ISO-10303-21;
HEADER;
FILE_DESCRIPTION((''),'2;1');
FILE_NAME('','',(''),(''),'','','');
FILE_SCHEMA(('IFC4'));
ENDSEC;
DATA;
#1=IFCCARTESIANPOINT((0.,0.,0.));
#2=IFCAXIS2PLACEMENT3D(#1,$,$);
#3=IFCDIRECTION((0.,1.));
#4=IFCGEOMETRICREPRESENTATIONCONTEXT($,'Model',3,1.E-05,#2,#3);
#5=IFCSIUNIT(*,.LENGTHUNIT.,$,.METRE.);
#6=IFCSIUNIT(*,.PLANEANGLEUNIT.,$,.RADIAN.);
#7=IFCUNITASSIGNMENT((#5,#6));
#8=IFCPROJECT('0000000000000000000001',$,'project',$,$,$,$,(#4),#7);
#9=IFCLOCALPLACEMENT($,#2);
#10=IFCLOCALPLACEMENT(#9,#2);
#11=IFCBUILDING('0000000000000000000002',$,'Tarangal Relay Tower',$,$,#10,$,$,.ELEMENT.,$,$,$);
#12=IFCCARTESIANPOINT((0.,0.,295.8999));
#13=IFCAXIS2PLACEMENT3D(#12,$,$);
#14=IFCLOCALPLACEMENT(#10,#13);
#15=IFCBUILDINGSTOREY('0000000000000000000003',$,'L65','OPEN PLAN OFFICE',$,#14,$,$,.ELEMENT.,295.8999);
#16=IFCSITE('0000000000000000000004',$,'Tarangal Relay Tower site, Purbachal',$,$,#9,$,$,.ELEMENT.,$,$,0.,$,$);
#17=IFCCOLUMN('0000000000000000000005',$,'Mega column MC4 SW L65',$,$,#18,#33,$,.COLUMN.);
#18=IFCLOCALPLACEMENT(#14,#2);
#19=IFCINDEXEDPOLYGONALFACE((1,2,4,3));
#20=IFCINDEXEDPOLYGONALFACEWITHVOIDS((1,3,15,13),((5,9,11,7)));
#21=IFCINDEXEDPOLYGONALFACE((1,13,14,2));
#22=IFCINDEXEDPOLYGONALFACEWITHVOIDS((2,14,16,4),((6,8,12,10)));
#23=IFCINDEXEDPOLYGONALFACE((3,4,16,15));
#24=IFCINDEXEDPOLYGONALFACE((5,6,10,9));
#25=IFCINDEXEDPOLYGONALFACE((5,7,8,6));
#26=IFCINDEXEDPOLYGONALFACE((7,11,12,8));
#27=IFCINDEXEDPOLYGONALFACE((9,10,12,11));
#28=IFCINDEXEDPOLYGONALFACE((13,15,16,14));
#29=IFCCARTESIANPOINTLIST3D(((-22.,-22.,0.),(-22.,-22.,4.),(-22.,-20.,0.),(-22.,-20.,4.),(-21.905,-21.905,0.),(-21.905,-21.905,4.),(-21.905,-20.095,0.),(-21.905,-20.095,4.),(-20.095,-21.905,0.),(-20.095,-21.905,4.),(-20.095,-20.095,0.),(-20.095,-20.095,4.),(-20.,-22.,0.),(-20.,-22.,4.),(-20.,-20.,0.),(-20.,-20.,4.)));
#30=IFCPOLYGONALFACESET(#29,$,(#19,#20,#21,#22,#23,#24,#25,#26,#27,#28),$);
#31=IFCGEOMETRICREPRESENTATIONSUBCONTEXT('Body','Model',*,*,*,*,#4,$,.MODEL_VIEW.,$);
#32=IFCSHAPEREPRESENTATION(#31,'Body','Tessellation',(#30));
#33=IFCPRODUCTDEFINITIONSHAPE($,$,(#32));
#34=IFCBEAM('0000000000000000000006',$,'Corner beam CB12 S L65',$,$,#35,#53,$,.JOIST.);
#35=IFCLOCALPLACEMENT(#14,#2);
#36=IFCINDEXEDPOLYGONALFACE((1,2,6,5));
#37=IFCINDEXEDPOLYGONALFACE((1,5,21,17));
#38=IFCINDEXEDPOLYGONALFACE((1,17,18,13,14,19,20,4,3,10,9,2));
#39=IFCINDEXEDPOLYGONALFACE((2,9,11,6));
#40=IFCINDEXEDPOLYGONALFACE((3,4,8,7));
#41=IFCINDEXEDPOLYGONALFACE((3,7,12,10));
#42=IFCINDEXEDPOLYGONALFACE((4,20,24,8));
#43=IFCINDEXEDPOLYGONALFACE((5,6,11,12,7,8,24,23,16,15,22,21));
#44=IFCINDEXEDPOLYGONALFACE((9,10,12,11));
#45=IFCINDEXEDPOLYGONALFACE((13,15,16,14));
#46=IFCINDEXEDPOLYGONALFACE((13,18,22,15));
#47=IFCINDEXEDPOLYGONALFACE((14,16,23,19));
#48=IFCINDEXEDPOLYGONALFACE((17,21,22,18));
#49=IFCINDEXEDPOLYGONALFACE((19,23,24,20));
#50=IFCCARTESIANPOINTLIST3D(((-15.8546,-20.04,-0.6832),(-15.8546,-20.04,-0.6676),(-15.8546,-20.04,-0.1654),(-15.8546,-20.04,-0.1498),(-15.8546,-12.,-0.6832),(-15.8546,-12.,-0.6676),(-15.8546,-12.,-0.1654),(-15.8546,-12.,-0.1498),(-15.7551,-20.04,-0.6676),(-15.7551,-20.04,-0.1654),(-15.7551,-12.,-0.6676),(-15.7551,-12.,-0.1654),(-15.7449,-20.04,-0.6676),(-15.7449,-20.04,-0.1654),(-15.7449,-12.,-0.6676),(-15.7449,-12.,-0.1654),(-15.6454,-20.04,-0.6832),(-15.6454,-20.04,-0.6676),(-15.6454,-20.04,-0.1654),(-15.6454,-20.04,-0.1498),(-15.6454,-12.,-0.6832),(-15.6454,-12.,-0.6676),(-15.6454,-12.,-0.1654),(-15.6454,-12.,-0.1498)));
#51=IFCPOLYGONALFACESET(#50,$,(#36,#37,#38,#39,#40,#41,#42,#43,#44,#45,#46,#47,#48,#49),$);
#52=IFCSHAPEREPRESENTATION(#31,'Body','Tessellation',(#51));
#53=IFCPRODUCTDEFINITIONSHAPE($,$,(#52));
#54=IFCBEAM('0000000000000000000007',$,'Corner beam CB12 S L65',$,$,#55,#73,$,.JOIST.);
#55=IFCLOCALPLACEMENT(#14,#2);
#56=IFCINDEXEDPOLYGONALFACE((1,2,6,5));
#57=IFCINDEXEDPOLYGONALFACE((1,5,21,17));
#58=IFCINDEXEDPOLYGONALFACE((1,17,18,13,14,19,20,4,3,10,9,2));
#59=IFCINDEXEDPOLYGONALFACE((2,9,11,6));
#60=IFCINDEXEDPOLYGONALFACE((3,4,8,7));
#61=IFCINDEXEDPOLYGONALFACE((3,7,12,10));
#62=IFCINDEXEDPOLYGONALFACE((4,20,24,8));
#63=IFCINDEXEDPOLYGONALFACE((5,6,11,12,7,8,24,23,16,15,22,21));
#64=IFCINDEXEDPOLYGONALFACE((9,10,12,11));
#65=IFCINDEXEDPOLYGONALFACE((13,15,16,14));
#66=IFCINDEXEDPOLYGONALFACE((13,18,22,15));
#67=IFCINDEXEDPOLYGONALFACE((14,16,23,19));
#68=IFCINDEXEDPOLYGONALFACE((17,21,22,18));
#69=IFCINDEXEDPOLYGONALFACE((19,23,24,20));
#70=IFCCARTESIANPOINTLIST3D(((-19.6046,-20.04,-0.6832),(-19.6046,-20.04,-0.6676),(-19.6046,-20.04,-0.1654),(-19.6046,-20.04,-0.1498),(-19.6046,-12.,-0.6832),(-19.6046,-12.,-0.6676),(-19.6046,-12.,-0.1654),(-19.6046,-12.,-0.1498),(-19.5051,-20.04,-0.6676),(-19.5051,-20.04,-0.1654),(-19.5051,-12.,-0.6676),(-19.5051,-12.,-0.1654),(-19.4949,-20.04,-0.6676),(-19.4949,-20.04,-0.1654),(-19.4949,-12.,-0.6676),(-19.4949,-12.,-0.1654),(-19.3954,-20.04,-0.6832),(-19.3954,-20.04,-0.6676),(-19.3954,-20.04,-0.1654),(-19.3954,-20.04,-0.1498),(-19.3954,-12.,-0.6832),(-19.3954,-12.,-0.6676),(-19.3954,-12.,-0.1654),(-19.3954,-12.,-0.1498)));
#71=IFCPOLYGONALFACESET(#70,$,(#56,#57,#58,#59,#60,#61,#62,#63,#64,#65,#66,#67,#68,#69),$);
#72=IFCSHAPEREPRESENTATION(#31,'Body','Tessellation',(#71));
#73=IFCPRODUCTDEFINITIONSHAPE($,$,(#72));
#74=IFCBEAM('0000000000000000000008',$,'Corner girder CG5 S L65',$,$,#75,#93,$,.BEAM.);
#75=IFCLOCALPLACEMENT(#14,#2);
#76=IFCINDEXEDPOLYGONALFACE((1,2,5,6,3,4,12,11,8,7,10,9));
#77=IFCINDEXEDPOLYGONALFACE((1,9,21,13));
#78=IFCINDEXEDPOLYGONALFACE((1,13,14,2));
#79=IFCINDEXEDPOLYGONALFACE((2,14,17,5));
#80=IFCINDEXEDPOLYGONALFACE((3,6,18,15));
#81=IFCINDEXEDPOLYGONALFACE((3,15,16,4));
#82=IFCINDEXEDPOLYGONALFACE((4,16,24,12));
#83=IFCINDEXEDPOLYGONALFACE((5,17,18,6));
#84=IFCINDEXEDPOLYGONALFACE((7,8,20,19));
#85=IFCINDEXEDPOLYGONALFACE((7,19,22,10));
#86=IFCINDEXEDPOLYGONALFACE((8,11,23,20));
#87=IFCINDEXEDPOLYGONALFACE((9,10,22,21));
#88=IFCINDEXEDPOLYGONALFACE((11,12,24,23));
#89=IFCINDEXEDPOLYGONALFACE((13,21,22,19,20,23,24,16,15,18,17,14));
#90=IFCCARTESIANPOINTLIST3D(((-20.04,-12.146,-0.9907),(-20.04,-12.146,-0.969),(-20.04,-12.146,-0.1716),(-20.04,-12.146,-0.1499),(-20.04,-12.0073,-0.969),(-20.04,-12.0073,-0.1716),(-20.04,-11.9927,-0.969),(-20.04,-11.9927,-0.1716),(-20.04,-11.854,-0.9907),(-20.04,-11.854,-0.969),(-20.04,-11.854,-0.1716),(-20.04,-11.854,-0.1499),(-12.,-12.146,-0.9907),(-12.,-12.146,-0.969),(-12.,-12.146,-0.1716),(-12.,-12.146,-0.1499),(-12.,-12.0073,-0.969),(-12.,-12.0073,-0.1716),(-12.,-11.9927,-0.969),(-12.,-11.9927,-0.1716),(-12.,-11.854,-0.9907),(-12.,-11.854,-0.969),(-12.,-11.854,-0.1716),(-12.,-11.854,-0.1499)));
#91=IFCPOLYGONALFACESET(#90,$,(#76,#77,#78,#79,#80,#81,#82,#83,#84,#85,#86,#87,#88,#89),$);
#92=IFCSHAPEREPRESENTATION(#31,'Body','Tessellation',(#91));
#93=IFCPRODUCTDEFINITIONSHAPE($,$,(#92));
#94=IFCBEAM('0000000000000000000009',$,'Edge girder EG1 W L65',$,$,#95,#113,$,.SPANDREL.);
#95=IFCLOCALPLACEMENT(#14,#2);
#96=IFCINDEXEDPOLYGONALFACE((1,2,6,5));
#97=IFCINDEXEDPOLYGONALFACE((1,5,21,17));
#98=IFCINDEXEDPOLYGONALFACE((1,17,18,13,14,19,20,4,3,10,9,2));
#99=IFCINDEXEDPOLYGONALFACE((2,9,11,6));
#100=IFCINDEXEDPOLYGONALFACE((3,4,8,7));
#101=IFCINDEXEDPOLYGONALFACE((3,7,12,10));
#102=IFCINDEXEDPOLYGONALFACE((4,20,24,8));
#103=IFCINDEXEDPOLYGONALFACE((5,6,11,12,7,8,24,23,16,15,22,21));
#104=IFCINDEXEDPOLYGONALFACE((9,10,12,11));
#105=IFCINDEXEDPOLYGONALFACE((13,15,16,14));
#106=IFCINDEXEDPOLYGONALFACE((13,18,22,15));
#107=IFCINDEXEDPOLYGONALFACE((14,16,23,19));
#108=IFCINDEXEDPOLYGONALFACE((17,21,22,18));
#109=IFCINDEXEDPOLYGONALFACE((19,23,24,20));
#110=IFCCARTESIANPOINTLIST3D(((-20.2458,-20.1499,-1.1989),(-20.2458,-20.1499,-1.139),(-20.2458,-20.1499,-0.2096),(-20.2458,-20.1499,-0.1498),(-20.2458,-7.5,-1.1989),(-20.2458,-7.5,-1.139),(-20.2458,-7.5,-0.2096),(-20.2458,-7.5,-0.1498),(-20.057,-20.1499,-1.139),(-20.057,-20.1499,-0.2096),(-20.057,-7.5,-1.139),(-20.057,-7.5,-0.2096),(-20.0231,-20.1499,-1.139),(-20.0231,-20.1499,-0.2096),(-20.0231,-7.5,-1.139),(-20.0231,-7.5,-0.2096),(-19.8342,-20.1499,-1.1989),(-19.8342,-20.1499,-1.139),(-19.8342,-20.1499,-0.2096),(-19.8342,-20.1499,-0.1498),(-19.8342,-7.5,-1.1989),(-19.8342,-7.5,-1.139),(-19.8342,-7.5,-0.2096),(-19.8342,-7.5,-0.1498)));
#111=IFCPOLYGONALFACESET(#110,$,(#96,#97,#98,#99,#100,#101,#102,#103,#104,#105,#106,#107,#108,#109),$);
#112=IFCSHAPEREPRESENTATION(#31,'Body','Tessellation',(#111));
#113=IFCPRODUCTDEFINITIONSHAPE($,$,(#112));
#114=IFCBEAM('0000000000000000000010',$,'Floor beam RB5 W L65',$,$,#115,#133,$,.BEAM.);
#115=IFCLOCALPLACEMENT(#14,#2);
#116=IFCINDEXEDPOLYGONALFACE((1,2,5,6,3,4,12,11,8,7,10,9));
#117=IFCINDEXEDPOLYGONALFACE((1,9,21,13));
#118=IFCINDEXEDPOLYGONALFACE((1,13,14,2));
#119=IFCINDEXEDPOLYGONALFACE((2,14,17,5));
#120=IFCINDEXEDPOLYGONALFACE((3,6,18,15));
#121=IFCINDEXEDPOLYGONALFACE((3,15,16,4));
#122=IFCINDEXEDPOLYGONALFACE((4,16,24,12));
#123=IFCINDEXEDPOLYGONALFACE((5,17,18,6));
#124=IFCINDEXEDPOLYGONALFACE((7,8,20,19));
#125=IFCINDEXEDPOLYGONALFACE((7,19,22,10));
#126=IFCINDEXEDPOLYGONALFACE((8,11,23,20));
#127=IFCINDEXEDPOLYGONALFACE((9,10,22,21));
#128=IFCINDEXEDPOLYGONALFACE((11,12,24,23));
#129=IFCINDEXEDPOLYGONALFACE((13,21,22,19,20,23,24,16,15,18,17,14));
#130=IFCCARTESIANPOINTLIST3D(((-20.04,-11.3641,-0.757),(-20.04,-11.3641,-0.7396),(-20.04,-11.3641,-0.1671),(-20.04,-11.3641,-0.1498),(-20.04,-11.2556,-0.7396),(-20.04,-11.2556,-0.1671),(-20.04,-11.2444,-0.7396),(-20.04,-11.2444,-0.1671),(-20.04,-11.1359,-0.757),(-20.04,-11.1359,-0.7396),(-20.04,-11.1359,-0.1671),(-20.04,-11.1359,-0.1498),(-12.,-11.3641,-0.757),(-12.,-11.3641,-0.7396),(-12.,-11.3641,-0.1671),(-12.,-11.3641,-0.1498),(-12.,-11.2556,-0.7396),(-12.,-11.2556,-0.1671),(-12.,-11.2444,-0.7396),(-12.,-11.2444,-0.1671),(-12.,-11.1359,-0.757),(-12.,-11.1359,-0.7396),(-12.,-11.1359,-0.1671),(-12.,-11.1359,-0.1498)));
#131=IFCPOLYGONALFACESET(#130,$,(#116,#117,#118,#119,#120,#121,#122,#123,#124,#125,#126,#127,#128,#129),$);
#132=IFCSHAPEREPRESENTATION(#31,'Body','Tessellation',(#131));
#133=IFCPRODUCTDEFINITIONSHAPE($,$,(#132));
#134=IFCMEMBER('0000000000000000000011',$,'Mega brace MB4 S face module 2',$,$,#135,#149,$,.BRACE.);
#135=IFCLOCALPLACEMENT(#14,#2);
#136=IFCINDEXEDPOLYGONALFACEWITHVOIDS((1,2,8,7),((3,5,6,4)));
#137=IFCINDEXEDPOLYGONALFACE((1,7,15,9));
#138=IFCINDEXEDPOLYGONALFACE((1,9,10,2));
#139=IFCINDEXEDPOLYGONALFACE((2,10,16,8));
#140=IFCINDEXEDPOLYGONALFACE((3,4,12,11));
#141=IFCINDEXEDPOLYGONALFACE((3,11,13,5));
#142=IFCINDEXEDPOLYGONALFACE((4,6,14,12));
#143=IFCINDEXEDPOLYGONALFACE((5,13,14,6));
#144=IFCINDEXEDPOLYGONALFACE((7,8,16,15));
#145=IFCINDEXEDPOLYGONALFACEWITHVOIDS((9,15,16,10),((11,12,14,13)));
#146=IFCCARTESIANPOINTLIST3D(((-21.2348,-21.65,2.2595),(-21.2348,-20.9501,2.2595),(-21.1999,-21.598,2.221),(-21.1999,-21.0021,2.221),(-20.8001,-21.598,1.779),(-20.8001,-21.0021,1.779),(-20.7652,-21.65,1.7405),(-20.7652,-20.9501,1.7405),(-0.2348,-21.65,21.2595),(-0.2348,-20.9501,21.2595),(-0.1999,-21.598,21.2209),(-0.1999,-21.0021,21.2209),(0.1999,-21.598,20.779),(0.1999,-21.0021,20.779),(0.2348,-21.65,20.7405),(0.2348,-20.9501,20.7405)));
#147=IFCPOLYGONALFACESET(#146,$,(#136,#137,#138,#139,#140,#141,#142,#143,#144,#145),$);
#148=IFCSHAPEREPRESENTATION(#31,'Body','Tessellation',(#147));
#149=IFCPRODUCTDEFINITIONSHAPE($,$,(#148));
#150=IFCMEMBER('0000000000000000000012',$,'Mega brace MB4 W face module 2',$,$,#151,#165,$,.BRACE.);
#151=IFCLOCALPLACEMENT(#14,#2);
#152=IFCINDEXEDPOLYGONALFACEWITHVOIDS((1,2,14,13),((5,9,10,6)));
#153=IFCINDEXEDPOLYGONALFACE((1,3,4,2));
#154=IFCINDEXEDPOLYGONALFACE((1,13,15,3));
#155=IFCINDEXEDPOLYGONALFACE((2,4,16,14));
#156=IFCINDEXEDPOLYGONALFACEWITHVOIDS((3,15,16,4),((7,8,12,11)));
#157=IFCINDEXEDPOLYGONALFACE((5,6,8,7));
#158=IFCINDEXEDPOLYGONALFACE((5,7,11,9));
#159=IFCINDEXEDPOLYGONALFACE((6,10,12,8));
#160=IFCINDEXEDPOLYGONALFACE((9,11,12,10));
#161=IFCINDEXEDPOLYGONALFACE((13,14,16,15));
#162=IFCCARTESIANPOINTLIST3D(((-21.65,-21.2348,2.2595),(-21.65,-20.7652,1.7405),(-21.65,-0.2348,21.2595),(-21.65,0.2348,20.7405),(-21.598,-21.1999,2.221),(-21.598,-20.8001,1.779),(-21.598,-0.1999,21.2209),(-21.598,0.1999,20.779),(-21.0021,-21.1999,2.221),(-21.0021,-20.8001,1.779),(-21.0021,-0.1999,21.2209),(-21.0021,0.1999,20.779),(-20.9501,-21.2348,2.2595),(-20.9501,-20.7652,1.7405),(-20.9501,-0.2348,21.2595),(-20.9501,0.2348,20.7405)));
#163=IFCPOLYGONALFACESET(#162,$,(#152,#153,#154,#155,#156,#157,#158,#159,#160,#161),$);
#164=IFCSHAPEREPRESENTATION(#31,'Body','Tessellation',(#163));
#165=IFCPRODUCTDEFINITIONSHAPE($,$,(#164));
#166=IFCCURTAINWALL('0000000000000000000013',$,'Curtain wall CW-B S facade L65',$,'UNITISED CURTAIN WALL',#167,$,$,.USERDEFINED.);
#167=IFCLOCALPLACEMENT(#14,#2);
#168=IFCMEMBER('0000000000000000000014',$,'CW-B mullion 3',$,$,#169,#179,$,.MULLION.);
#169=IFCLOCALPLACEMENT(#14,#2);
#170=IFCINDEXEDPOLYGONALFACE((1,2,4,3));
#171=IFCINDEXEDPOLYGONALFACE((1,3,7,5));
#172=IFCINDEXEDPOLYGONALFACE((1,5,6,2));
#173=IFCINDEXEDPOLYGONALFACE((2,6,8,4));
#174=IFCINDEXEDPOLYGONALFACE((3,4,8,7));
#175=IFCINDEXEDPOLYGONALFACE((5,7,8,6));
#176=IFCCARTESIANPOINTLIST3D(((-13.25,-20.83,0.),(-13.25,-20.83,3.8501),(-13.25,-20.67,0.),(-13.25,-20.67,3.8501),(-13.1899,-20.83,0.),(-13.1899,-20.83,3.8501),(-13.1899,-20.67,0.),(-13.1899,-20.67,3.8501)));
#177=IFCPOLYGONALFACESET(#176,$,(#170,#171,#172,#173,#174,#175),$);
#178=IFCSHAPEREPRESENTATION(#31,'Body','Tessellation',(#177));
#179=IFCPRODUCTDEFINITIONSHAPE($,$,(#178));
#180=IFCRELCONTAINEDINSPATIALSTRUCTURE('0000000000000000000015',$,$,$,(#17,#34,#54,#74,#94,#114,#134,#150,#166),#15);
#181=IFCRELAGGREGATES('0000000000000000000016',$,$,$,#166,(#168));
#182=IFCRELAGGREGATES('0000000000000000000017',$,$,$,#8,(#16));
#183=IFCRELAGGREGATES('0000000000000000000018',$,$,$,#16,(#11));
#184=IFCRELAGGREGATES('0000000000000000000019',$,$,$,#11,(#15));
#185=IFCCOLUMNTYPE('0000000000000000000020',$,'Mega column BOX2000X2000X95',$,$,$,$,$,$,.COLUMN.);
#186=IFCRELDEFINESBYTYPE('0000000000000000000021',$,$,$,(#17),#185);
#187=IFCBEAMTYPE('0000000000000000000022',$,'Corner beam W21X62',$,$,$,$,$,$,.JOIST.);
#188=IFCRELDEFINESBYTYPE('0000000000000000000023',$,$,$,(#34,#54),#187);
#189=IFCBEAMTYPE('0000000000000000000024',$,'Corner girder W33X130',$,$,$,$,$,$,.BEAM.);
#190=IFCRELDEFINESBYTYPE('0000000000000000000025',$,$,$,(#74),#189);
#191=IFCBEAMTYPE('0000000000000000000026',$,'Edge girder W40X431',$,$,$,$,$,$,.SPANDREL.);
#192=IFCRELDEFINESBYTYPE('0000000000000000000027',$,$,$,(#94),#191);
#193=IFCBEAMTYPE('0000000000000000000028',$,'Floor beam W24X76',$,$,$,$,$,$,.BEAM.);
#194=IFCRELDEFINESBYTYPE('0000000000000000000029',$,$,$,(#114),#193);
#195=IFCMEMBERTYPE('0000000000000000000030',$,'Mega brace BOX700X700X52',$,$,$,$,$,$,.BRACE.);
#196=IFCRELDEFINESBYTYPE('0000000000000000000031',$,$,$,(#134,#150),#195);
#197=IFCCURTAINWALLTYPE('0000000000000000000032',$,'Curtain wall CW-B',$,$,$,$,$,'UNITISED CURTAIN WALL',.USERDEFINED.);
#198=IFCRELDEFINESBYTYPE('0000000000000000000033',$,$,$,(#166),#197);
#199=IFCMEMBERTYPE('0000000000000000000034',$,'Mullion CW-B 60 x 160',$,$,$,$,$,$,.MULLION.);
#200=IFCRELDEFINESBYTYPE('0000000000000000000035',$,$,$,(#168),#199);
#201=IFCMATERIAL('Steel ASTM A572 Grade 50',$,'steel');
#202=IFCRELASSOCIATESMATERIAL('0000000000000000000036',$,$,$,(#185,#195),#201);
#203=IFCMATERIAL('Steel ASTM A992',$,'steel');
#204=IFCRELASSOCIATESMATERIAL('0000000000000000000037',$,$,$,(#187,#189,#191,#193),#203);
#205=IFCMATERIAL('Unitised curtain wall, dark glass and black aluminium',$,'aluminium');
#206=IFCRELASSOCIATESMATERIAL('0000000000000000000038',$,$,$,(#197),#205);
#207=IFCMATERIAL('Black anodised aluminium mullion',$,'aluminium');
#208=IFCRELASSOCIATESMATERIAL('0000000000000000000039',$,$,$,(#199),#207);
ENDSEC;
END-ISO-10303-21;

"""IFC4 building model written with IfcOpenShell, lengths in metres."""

from ifc_helpers import new_model, si_unit, direction, frame, origin, origin_2d, place, context, subcontext, project, spatial, rectangle, hollow_rectangle, i_section, extrude, material, material_profile, profile_set, type_object, element, aggregate, save


model = new_model("IFC4")

# Units and contexts
model_context = context("Model", 3, precision=1e-05, world=origin(), true_north=direction((0.0, 1.0)))
body_context = subcontext(model_context, "Body", "Model", "MODEL_VIEW")
ifc_project = project(units=[si_unit("LENGTHUNIT", "METRE"), si_unit("PLANEANGLEUNIT", "RADIAN")], contexts=[model_context])

# Site, building, storey
site_placement = place(None, origin())
site = spatial("IfcSite", under=ifc_project, at=site_placement, Name="Tarangal Relay Tower site, Purbachal", CompositionType="ELEMENT", RefElevation=0.0)
building_placement = place(site_placement, origin())
building = spatial("IfcBuilding", under=site, at=building_placement, Name="Tarangal Relay Tower", CompositionType="ELEMENT")
storey_placement = place(building_placement, frame((0.0, 0.0, 295.8999)))
storey = spatial("IfcBuildingStorey", under=building, at=storey_placement, Name="L65", Description="OPEN PLAN OFFICE", CompositionType="ELEMENT", Elevation=295.8999)

# Column
ifc_material_1 = material(Name="Steel ASTM A572 Grade 50", Category="steel")
ifc_material_profile_1 = material_profile(ifc_material_1, hollow_rectangle(XDim=2.0, YDim=2.0, WallThickness=0.095, at=origin_2d()), Name="BOX2000X2000X95")
ifc_profile_set_1 = profile_set([ifc_material_profile_1], Name="Steel ASTM A572 Grade 50")
column_type = type_object("IfcColumnType", Name="Mega column BOX2000X2000X95", PredefinedType="COLUMN", material=ifc_profile_set_1)
column_placement = place(storey_placement, frame((-21.0, -21.0, 0.0), z_axis=(0.0, 0.0, 1.0), x_axis=(1.0, 0.0, 0.0)))
element("IfcColumn", 1, at=column_placement, inside=storey, type_object=column_type, Name="Mega column MC4 SW L65", PredefinedType="COLUMN", context=body_context, shape_type="SweptSolid", body=[
    extrude(hollow_rectangle(XDim=2.0, YDim=2.0, WallThickness=0.095, at=origin_2d()), origin(), (0.0, 0.0, 1.0), 4.0),
])

# Beams
ifc_material_2 = material(Name="Steel ASTM A992", Category="steel")
ifc_material_profile_2 = material_profile(ifc_material_2, i_section(OverallWidth=0.2092, OverallDepth=0.5334, WebThickness=0.0103, FlangeThickness=0.0156, at=origin_2d()), Name="W21X62")
ifc_profile_set_2 = profile_set([ifc_material_profile_2], Name="Steel ASTM A992")
beam_type_1 = type_object("IfcBeamType", Name="Corner beam W21X62", PredefinedType="JOIST", material=ifc_profile_set_2)
for number, where, z_axis, x_axis, name in (
    (2, (-15.75, -12.0, -0.4165), (0.0, -1.0, 0.0), (1.0, 0.0, 0.0), "Corner beam CB12 S L65"),
    (3, (-19.5, -12.0, -0.4165), (0.0, -1.0, 0.0), (1.0, 0.0, 0.0), "Corner beam CB12 S L65"),
):
    element("IfcBeam", number, at=place(storey_placement, frame(where, z_axis=z_axis, x_axis=x_axis)), inside=storey, type_object=beam_type_1, Name=name, PredefinedType="JOIST", context=body_context, shape_type="SweptSolid", body=[
        extrude(i_section(OverallWidth=0.2092, OverallDepth=0.5334, WebThickness=0.0103, FlangeThickness=0.0156, at=origin_2d()), origin(), (0.0, 0.0, 1.0), 8.04),
    ])
ifc_material_profile_3 = material_profile(ifc_material_2, i_section(OverallWidth=0.292, OverallDepth=0.8408, WebThickness=0.0146, FlangeThickness=0.0217, at=origin_2d()), Name="W33X130")
ifc_profile_set_3 = profile_set([ifc_material_profile_3], Name="Steel ASTM A992")
beam_type_2 = type_object("IfcBeamType", Name="Corner girder W33X130", PredefinedType="BEAM", material=ifc_profile_set_3)
beam_1_placement = place(storey_placement, frame((-12.0, -12.0, -0.5703), z_axis=(-1.0, 0.0, 0.0), x_axis=(0.0, -1.0, 0.0)))
element("IfcBeam", 4, at=beam_1_placement, inside=storey, type_object=beam_type_2, Name="Corner girder CG5 S L65", PredefinedType="BEAM", context=body_context, shape_type="SweptSolid", body=[
    extrude(i_section(OverallWidth=0.292, OverallDepth=0.8408, WebThickness=0.0146, FlangeThickness=0.0217, at=origin_2d()), origin(), (0.0, 0.0, 1.0), 8.04),
])
ifc_material_profile_4 = material_profile(ifc_material_2, i_section(OverallWidth=0.4116, OverallDepth=1.0491, WebThickness=0.0339, FlangeThickness=0.0598, at=origin_2d()), Name="W40X431")
ifc_profile_set_4 = profile_set([ifc_material_profile_4], Name="Steel ASTM A992")
beam_type_3 = type_object("IfcBeamType", Name="Edge girder W40X431", PredefinedType="SPANDREL", material=ifc_profile_set_4)
beam_2_placement = place(storey_placement, frame((-20.04, -20.1499, -0.6743), z_axis=(0.0, 1.0, 0.0), x_axis=(-1.0, 0.0, 0.0)))
element("IfcBeam", 5, at=beam_2_placement, inside=storey, type_object=beam_type_3, Name="Edge girder EG1 W L65", PredefinedType="SPANDREL", context=body_context, shape_type="SweptSolid", body=[
    extrude(i_section(OverallWidth=0.4116, OverallDepth=1.0491, WebThickness=0.0339, FlangeThickness=0.0598, at=origin_2d()), origin(), (0.0, 0.0, 1.0), 12.6499),
])
ifc_material_profile_5 = material_profile(ifc_material_2, i_section(OverallWidth=0.2283, OverallDepth=0.6072, WebThickness=0.0112, FlangeThickness=0.0173, at=origin_2d()), Name="W24X76")
ifc_profile_set_5 = profile_set([ifc_material_profile_5], Name="Steel ASTM A992")
beam_type_4 = type_object("IfcBeamType", Name="Floor beam W24X76", PredefinedType="BEAM", material=ifc_profile_set_5)
beam_3_placement = place(storey_placement, frame((-12.0, -11.25, -0.4534), z_axis=(-1.0, 0.0, 0.0), x_axis=(0.0, -1.0, 0.0)))
element("IfcBeam", 6, at=beam_3_placement, inside=storey, type_object=beam_type_4, Name="Floor beam RB5 W L65", PredefinedType="BEAM", context=body_context, shape_type="SweptSolid", body=[
    extrude(i_section(OverallWidth=0.2283, OverallDepth=0.6072, WebThickness=0.0112, FlangeThickness=0.0173, at=origin_2d()), origin(), (0.0, 0.0, 1.0), 8.04),
])

# Members
ifc_material_profile_6 = material_profile(ifc_material_1, hollow_rectangle(XDim=0.7, YDim=0.7, WallThickness=0.052, at=origin_2d()), Name="BOX700X700X52")
ifc_profile_set_6 = profile_set([ifc_material_profile_6], Name="Steel ASTM A572 Grade 50")
member_type_1 = type_object("IfcMemberType", Name="Mega brace BOX700X700X52", PredefinedType="BRACE", material=ifc_profile_set_6)
for number, where, z_axis, x_axis, name in (
    (7, (-21.0, -21.3, 2.0), (0.741536, 0.0, 0.670913), (0.0, 1.0, 0.0), "Mega brace MB4 S face module 2"),
    (8, (-21.3, -21.0, 2.0), (0.0, 0.741536, 0.670913), (-1.0, 0.0, 0.0), "Mega brace MB4 W face module 2"),
):
    element("IfcMember", number, at=place(storey_placement, frame(where, z_axis=z_axis, x_axis=x_axis)), inside=storey, type_object=member_type_1, Name=name, PredefinedType="BRACE", context=body_context, shape_type="SweptSolid", body=[
        extrude(hollow_rectangle(XDim=0.7, YDim=0.7, WallThickness=0.052, at=origin_2d()), origin(), (0.0, 0.0, 1.0), 28.3196),
    ])

# Curtain wall, member
ifc_material_3 = material(Name="Unitised curtain wall, dark glass and black aluminium", Category="aluminium")
curtain_wall_type = type_object("IfcCurtainWallType", Name="Curtain wall CW-B", ElementType="UNITISED CURTAIN WALL", PredefinedType="USERDEFINED", material=ifc_material_3)
curtain_wall_1_placement = place(storey_placement, origin())
curtain_wall_1 = element("IfcCurtainWall", 9, at=curtain_wall_1_placement, inside=storey, type_object=curtain_wall_type, Name="Curtain wall CW-B S facade L65", ObjectType="UNITISED CURTAIN WALL", PredefinedType="USERDEFINED")
ifc_material_4 = material(Name="Black anodised aluminium mullion", Category="aluminium")
ifc_material_profile_7 = material_profile(ifc_material_4, rectangle(XDim=0.1599, YDim=0.0601, at=origin_2d()), Name="CW-BM 60X160")
ifc_profile_set_7 = profile_set([ifc_material_profile_7], Name="Black anodised aluminium mullion")
member_type_2 = type_object("IfcMemberType", Name="Mullion CW-B 60 x 160", PredefinedType="MULLION", material=ifc_profile_set_7)
member_1_placement = place(storey_placement, frame((-13.22, -20.75, 0.0), z_axis=(0.0, 0.0, 1.0), x_axis=(0.0, -1.0, 0.0)))
member_1 = element("IfcMember", 10, at=member_1_placement, type_object=member_type_2, Name="CW-B mullion 3", PredefinedType="MULLION", context=body_context, shape_type="SweptSolid", body=[
    extrude(rectangle(XDim=0.1599, YDim=0.0601, at=origin_2d()), origin(), (0.0, 0.0, 1.0), 3.8501),
])
aggregate(curtain_wall_1, [member_1])

save(model, "model.ifc")
